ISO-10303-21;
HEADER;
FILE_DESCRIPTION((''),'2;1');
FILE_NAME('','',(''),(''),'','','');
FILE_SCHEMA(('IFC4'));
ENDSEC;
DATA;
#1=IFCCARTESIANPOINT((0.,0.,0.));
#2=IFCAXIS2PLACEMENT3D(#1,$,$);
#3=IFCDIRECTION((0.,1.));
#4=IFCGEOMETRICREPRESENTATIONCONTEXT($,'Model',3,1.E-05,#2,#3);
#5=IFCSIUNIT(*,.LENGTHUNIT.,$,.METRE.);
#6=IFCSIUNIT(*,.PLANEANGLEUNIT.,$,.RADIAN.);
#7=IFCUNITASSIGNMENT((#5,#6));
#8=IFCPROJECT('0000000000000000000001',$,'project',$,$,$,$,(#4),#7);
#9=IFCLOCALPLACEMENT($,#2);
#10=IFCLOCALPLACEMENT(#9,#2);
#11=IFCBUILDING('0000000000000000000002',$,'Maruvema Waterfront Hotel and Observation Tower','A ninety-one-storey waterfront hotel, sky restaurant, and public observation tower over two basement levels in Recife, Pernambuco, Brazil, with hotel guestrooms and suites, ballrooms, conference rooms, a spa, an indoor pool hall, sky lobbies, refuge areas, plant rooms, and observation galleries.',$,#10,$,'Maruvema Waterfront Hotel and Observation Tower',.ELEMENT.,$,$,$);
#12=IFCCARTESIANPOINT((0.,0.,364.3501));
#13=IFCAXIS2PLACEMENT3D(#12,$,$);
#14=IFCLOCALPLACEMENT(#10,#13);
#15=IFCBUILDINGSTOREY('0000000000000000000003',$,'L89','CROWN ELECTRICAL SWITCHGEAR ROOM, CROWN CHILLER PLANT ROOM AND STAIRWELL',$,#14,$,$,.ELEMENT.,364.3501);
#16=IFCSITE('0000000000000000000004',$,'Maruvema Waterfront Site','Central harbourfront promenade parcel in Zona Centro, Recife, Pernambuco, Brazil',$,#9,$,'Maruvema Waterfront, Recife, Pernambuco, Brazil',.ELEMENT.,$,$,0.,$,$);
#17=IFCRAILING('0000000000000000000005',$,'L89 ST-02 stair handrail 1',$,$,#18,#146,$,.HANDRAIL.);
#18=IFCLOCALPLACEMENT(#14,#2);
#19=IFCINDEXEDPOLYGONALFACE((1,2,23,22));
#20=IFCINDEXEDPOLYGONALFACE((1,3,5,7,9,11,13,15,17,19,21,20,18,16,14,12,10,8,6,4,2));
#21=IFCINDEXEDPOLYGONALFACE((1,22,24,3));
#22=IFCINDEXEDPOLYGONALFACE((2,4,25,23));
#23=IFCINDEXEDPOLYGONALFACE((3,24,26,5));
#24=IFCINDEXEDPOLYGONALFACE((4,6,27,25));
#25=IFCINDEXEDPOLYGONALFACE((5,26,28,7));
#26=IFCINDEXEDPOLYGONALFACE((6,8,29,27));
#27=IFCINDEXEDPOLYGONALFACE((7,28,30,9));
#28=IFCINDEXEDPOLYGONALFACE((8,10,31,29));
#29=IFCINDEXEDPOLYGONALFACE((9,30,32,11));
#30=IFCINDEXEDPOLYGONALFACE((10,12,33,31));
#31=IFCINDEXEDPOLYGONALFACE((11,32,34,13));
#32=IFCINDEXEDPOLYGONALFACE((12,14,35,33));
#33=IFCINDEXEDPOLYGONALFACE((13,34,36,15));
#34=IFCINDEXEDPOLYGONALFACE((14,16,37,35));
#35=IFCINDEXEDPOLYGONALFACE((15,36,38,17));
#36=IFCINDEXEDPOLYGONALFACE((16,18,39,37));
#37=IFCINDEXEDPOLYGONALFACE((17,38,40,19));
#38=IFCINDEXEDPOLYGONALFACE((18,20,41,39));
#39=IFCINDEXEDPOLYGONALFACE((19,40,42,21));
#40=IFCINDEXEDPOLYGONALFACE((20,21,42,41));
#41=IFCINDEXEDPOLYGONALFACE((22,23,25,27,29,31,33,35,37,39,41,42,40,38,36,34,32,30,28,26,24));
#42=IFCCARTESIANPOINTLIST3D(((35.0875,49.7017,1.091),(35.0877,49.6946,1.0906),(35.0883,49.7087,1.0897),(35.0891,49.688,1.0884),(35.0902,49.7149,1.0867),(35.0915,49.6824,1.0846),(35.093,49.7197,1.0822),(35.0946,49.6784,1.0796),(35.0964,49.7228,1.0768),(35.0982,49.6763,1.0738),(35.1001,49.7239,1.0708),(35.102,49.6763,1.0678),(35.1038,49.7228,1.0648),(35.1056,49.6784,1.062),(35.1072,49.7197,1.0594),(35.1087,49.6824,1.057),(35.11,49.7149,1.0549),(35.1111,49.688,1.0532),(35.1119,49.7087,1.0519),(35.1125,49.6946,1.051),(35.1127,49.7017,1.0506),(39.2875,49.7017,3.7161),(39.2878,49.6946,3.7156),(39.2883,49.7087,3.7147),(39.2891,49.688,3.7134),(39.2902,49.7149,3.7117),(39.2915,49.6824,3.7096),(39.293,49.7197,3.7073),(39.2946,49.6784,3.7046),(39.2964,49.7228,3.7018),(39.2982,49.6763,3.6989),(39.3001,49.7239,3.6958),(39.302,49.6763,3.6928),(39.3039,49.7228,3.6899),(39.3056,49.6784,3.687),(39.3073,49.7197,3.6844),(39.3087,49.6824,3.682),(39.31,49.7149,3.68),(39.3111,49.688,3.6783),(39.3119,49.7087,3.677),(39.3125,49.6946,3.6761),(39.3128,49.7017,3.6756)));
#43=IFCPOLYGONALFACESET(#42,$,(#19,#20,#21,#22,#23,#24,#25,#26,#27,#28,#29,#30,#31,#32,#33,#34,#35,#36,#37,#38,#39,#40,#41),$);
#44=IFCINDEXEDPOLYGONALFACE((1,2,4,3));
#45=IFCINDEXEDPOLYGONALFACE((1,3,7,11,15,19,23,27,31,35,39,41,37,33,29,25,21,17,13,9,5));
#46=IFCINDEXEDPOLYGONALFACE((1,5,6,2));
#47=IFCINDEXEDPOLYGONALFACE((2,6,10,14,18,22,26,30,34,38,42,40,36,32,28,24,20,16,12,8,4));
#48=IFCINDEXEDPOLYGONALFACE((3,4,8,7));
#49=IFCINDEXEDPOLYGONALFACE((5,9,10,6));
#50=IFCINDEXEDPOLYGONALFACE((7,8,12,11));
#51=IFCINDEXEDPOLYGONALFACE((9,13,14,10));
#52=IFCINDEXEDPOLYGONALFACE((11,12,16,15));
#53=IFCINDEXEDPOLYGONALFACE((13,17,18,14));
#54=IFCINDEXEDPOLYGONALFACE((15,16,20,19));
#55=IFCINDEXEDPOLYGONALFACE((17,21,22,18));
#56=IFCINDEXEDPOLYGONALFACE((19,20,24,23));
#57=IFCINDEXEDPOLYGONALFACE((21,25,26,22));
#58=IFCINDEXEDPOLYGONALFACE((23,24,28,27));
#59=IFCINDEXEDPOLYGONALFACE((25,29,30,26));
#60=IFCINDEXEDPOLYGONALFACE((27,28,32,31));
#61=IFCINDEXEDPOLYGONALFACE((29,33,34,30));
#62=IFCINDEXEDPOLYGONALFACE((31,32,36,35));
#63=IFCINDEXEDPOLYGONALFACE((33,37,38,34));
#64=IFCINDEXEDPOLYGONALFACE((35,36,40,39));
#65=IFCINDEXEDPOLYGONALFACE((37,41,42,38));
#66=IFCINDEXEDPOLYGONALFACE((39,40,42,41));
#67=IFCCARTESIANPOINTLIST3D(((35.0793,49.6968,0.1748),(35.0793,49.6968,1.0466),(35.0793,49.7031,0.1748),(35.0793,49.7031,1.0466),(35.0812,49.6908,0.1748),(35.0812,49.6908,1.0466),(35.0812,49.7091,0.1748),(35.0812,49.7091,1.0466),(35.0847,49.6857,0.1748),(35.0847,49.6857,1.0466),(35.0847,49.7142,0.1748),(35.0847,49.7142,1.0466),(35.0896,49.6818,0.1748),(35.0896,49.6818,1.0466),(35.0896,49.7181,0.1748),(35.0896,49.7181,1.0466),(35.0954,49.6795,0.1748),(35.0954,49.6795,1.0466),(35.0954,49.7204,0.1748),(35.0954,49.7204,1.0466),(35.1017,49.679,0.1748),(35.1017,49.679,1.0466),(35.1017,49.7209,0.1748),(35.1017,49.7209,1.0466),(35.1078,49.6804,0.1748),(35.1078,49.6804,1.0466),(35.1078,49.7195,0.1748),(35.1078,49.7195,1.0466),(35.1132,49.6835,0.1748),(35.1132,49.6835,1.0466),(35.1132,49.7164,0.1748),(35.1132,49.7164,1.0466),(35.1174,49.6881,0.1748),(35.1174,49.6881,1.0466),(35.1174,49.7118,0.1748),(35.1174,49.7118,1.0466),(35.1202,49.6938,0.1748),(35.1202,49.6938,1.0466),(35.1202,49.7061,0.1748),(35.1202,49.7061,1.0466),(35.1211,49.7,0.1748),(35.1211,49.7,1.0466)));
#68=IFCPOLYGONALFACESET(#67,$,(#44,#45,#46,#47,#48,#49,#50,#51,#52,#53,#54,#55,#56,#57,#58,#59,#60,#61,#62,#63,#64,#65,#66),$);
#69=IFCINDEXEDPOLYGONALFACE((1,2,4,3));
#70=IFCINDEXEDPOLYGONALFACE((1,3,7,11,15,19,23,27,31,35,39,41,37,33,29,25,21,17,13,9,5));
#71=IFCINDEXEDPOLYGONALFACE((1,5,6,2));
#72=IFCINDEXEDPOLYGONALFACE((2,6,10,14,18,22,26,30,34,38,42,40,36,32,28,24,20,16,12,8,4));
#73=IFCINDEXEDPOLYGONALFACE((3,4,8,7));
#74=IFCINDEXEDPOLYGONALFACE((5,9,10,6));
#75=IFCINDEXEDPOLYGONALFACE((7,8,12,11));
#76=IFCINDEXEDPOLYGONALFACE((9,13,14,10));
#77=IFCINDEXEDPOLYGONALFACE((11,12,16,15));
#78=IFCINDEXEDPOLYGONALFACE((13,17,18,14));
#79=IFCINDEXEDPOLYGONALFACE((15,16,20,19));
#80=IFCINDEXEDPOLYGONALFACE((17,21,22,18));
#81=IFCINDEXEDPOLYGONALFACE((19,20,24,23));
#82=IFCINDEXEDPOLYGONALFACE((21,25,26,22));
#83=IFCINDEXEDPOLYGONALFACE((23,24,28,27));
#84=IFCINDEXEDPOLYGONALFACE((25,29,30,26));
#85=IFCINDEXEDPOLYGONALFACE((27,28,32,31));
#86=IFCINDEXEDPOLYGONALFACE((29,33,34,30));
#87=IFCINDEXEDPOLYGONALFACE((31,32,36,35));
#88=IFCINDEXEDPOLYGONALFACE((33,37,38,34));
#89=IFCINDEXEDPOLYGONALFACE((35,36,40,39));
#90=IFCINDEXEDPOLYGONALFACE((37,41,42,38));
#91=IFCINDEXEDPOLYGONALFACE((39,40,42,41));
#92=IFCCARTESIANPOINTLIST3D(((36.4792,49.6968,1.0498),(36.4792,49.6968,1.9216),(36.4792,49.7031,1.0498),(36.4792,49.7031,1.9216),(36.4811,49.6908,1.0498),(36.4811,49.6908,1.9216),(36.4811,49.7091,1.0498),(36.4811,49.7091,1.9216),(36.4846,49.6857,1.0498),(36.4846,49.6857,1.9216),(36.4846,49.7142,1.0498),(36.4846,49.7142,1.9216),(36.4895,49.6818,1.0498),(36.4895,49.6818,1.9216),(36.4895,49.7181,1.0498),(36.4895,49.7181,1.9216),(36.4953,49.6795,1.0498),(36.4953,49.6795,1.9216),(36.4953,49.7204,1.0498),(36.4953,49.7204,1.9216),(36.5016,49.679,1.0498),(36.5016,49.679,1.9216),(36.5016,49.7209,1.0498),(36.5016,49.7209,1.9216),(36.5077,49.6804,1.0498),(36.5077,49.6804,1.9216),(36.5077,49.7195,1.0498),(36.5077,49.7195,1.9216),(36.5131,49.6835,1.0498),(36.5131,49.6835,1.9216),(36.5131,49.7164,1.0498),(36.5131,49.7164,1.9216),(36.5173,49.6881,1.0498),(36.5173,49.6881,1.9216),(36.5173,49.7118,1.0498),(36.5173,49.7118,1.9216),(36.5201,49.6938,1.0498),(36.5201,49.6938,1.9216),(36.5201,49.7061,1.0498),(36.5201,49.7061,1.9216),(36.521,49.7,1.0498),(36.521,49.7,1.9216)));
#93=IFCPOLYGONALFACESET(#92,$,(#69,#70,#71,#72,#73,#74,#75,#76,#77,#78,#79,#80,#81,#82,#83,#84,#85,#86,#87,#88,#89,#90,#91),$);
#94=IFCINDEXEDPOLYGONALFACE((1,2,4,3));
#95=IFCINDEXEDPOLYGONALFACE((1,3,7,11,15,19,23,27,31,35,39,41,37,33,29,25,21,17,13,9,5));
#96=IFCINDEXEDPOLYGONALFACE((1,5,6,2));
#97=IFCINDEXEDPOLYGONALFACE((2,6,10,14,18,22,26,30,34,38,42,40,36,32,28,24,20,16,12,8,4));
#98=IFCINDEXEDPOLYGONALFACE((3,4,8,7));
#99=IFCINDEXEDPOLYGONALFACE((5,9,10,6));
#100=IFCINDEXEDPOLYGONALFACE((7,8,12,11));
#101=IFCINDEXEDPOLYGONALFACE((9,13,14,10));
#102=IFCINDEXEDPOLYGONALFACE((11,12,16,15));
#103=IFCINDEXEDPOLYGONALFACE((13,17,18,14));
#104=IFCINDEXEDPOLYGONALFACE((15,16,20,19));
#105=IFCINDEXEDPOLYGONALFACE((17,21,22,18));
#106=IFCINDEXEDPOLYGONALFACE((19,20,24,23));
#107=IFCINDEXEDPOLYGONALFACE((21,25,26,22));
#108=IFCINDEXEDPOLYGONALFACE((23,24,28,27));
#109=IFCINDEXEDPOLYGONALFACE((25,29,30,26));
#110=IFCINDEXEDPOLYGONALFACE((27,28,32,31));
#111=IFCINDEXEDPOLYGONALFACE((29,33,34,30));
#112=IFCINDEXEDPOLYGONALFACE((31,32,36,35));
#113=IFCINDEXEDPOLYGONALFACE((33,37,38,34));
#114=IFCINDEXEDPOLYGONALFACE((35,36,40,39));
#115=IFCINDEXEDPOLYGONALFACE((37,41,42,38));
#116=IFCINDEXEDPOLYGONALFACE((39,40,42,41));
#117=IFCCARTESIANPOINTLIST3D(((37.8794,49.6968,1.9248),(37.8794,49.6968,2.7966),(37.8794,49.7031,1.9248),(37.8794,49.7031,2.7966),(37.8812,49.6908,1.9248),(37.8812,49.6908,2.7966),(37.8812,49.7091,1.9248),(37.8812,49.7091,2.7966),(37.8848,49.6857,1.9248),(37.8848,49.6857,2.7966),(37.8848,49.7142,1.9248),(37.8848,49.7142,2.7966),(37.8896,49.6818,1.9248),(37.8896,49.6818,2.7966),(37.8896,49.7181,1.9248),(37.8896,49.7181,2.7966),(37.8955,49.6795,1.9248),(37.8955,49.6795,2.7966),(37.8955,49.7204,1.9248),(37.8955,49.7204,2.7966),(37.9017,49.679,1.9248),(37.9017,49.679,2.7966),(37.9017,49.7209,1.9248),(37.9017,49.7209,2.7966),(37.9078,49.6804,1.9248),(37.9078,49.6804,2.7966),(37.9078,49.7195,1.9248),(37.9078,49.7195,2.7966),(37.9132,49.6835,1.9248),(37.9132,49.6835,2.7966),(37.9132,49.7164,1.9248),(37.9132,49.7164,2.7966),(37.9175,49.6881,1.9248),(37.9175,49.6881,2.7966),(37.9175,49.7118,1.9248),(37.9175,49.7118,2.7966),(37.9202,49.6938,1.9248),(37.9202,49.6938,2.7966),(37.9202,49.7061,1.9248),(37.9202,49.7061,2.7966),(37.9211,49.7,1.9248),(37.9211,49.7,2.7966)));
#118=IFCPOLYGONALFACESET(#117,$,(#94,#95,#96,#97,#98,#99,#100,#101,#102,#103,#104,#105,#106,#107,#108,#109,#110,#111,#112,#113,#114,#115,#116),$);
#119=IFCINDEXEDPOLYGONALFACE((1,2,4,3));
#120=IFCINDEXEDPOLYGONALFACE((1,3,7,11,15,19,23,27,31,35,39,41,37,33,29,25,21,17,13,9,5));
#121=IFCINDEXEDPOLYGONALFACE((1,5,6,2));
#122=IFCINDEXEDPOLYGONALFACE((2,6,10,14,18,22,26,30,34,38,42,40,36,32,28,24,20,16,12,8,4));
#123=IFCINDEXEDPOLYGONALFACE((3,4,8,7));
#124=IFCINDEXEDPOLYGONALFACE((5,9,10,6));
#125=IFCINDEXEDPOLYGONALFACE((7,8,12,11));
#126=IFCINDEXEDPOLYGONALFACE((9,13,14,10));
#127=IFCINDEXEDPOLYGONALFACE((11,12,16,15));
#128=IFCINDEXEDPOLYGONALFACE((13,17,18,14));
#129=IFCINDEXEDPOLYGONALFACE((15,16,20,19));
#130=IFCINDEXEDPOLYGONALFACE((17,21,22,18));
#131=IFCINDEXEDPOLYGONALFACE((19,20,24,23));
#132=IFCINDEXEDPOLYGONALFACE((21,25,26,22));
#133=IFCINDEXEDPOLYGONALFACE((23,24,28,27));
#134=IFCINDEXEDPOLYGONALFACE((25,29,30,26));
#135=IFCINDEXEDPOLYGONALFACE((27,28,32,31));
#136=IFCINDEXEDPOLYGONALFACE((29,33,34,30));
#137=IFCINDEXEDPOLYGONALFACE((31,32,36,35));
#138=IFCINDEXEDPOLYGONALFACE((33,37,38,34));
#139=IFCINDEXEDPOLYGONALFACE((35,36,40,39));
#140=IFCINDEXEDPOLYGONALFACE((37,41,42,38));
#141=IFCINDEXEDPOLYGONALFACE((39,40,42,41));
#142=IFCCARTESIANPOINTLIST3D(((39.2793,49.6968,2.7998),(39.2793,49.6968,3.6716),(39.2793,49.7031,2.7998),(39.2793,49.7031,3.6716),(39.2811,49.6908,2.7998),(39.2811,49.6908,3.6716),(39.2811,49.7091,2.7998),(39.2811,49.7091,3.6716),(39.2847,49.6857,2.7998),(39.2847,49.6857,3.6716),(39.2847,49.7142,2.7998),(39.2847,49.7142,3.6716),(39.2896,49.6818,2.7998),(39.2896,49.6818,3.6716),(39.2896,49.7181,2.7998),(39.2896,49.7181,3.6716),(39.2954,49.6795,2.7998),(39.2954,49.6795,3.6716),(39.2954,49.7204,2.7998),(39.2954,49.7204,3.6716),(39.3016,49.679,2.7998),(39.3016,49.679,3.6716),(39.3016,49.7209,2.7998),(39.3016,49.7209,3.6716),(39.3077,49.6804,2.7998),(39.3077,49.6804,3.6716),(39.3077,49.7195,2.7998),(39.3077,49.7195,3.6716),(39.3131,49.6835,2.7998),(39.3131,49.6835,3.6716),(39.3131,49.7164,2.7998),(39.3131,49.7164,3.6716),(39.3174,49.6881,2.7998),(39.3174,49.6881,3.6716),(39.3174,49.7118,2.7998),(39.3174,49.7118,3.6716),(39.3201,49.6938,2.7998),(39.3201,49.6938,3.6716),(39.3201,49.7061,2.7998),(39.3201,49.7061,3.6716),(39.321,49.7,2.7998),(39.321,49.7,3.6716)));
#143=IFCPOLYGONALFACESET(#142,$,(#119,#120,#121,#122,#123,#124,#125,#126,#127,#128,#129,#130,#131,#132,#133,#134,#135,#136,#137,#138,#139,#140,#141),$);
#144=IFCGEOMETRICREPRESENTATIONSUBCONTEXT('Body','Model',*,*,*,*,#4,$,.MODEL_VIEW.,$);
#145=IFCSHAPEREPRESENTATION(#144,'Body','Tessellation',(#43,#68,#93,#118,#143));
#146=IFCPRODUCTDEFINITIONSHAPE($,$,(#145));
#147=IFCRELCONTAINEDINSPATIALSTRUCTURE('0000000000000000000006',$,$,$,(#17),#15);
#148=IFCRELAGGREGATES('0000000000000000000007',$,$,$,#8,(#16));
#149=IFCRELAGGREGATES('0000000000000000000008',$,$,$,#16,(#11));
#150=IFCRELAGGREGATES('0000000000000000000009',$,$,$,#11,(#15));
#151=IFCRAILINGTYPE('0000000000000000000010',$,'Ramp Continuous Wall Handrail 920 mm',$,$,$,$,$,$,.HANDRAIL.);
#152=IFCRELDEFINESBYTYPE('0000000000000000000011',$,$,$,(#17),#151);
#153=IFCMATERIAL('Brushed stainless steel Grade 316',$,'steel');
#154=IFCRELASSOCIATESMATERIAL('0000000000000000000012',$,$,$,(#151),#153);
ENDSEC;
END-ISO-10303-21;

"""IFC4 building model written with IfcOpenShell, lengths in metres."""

from ifc_helpers import new_model, si_unit, direction, frame, origin, origin_2d, place, context, subcontext, project, spatial, circle, extrude, material, type_object, element, save


model = new_model("IFC4")

# Units and contexts
model_context = context("Model", 3, precision=1e-05, world=origin(), true_north=direction((0.0, 1.0)))
body_context = subcontext(model_context, "Body", "Model", "MODEL_VIEW")
ifc_project = project(units=[si_unit("LENGTHUNIT", "METRE"), si_unit("PLANEANGLEUNIT", "RADIAN")], contexts=[model_context])

# Site, building, storey
site_placement = place(None, origin())
site = spatial("IfcSite", under=ifc_project, at=site_placement, Name="Maruvema Waterfront Site", Description="Central harbourfront promenade parcel in Zona Centro, Recife, Pernambuco, Brazil", LongName="Maruvema Waterfront, Recife, Pernambuco, Brazil", CompositionType="ELEMENT", RefElevation=0.0)
building_placement = place(site_placement, origin())
building = spatial("IfcBuilding", under=site, at=building_placement, Name="Maruvema Waterfront Hotel and Observation Tower", Description="A ninety-one-storey waterfront hotel, sky restaurant, and public observation tower over two basement levels in Recife, Pernambuco, Brazil, with hotel guestrooms and suites, ballrooms, conference rooms, a spa, an indoor pool hall, sky lobbies, refuge areas, plant rooms, and observation galleries.", LongName="Maruvema Waterfront Hotel and Observation Tower", CompositionType="ELEMENT")
storey_placement = place(building_placement, frame((0.0, 0.0, 364.3501)))
storey = spatial("IfcBuildingStorey", under=building, at=storey_placement, Name="L89", Description="CROWN ELECTRICAL SWITCHGEAR ROOM, CROWN CHILLER PLANT ROOM AND STAIRWELL", CompositionType="ELEMENT", Elevation=364.3501)

# Railing
ifc_material_1 = material(Name="Brushed stainless steel Grade 316", Category="steel")
railing_type_1 = type_object("IfcRailingType", Name="Ramp Continuous Wall Handrail 920 mm", PredefinedType="HANDRAIL", material=ifc_material_1)
railing_1_placement = place(storey_placement, frame((35.1001, 49.7, 0.1748)))
element("IfcRailing", 1, at=railing_1_placement, inside=storey, type_object=railing_type_1, Name="L89 ST-02 stair handrail 1", PredefinedType="HANDRAIL", context=body_context, shape_type="SweptSolid", body=[
    extrude(circle(Radius=0.0239, at=origin_2d()), frame((0.0, 0.0, 0.896), z_axis=(0.847996, 0.0, 0.530003), x_axis=(0.0, 1.0, 0.0)), (0.0, 0.0, 1.0), 4.9529),
    extrude(circle(Radius=0.021, at=origin_2d()), origin(), (0.0, 0.0, 1.0), 0.8718),
    extrude(circle(Radius=0.021, at=origin_2d()), frame((1.3999, 0.0, 0.875)), (0.0, 0.0, 1.0), 0.8718),
    extrude(circle(Radius=0.021, at=origin_2d()), frame((2.8, 0.0, 1.75)), (0.0, 0.0, 1.0), 0.8718),
    extrude(circle(Radius=0.021, at=origin_2d()), frame((4.2, 0.0, 2.625)), (0.0, 0.0, 1.0), 0.8718),
])

save(model, "model.ifc")
